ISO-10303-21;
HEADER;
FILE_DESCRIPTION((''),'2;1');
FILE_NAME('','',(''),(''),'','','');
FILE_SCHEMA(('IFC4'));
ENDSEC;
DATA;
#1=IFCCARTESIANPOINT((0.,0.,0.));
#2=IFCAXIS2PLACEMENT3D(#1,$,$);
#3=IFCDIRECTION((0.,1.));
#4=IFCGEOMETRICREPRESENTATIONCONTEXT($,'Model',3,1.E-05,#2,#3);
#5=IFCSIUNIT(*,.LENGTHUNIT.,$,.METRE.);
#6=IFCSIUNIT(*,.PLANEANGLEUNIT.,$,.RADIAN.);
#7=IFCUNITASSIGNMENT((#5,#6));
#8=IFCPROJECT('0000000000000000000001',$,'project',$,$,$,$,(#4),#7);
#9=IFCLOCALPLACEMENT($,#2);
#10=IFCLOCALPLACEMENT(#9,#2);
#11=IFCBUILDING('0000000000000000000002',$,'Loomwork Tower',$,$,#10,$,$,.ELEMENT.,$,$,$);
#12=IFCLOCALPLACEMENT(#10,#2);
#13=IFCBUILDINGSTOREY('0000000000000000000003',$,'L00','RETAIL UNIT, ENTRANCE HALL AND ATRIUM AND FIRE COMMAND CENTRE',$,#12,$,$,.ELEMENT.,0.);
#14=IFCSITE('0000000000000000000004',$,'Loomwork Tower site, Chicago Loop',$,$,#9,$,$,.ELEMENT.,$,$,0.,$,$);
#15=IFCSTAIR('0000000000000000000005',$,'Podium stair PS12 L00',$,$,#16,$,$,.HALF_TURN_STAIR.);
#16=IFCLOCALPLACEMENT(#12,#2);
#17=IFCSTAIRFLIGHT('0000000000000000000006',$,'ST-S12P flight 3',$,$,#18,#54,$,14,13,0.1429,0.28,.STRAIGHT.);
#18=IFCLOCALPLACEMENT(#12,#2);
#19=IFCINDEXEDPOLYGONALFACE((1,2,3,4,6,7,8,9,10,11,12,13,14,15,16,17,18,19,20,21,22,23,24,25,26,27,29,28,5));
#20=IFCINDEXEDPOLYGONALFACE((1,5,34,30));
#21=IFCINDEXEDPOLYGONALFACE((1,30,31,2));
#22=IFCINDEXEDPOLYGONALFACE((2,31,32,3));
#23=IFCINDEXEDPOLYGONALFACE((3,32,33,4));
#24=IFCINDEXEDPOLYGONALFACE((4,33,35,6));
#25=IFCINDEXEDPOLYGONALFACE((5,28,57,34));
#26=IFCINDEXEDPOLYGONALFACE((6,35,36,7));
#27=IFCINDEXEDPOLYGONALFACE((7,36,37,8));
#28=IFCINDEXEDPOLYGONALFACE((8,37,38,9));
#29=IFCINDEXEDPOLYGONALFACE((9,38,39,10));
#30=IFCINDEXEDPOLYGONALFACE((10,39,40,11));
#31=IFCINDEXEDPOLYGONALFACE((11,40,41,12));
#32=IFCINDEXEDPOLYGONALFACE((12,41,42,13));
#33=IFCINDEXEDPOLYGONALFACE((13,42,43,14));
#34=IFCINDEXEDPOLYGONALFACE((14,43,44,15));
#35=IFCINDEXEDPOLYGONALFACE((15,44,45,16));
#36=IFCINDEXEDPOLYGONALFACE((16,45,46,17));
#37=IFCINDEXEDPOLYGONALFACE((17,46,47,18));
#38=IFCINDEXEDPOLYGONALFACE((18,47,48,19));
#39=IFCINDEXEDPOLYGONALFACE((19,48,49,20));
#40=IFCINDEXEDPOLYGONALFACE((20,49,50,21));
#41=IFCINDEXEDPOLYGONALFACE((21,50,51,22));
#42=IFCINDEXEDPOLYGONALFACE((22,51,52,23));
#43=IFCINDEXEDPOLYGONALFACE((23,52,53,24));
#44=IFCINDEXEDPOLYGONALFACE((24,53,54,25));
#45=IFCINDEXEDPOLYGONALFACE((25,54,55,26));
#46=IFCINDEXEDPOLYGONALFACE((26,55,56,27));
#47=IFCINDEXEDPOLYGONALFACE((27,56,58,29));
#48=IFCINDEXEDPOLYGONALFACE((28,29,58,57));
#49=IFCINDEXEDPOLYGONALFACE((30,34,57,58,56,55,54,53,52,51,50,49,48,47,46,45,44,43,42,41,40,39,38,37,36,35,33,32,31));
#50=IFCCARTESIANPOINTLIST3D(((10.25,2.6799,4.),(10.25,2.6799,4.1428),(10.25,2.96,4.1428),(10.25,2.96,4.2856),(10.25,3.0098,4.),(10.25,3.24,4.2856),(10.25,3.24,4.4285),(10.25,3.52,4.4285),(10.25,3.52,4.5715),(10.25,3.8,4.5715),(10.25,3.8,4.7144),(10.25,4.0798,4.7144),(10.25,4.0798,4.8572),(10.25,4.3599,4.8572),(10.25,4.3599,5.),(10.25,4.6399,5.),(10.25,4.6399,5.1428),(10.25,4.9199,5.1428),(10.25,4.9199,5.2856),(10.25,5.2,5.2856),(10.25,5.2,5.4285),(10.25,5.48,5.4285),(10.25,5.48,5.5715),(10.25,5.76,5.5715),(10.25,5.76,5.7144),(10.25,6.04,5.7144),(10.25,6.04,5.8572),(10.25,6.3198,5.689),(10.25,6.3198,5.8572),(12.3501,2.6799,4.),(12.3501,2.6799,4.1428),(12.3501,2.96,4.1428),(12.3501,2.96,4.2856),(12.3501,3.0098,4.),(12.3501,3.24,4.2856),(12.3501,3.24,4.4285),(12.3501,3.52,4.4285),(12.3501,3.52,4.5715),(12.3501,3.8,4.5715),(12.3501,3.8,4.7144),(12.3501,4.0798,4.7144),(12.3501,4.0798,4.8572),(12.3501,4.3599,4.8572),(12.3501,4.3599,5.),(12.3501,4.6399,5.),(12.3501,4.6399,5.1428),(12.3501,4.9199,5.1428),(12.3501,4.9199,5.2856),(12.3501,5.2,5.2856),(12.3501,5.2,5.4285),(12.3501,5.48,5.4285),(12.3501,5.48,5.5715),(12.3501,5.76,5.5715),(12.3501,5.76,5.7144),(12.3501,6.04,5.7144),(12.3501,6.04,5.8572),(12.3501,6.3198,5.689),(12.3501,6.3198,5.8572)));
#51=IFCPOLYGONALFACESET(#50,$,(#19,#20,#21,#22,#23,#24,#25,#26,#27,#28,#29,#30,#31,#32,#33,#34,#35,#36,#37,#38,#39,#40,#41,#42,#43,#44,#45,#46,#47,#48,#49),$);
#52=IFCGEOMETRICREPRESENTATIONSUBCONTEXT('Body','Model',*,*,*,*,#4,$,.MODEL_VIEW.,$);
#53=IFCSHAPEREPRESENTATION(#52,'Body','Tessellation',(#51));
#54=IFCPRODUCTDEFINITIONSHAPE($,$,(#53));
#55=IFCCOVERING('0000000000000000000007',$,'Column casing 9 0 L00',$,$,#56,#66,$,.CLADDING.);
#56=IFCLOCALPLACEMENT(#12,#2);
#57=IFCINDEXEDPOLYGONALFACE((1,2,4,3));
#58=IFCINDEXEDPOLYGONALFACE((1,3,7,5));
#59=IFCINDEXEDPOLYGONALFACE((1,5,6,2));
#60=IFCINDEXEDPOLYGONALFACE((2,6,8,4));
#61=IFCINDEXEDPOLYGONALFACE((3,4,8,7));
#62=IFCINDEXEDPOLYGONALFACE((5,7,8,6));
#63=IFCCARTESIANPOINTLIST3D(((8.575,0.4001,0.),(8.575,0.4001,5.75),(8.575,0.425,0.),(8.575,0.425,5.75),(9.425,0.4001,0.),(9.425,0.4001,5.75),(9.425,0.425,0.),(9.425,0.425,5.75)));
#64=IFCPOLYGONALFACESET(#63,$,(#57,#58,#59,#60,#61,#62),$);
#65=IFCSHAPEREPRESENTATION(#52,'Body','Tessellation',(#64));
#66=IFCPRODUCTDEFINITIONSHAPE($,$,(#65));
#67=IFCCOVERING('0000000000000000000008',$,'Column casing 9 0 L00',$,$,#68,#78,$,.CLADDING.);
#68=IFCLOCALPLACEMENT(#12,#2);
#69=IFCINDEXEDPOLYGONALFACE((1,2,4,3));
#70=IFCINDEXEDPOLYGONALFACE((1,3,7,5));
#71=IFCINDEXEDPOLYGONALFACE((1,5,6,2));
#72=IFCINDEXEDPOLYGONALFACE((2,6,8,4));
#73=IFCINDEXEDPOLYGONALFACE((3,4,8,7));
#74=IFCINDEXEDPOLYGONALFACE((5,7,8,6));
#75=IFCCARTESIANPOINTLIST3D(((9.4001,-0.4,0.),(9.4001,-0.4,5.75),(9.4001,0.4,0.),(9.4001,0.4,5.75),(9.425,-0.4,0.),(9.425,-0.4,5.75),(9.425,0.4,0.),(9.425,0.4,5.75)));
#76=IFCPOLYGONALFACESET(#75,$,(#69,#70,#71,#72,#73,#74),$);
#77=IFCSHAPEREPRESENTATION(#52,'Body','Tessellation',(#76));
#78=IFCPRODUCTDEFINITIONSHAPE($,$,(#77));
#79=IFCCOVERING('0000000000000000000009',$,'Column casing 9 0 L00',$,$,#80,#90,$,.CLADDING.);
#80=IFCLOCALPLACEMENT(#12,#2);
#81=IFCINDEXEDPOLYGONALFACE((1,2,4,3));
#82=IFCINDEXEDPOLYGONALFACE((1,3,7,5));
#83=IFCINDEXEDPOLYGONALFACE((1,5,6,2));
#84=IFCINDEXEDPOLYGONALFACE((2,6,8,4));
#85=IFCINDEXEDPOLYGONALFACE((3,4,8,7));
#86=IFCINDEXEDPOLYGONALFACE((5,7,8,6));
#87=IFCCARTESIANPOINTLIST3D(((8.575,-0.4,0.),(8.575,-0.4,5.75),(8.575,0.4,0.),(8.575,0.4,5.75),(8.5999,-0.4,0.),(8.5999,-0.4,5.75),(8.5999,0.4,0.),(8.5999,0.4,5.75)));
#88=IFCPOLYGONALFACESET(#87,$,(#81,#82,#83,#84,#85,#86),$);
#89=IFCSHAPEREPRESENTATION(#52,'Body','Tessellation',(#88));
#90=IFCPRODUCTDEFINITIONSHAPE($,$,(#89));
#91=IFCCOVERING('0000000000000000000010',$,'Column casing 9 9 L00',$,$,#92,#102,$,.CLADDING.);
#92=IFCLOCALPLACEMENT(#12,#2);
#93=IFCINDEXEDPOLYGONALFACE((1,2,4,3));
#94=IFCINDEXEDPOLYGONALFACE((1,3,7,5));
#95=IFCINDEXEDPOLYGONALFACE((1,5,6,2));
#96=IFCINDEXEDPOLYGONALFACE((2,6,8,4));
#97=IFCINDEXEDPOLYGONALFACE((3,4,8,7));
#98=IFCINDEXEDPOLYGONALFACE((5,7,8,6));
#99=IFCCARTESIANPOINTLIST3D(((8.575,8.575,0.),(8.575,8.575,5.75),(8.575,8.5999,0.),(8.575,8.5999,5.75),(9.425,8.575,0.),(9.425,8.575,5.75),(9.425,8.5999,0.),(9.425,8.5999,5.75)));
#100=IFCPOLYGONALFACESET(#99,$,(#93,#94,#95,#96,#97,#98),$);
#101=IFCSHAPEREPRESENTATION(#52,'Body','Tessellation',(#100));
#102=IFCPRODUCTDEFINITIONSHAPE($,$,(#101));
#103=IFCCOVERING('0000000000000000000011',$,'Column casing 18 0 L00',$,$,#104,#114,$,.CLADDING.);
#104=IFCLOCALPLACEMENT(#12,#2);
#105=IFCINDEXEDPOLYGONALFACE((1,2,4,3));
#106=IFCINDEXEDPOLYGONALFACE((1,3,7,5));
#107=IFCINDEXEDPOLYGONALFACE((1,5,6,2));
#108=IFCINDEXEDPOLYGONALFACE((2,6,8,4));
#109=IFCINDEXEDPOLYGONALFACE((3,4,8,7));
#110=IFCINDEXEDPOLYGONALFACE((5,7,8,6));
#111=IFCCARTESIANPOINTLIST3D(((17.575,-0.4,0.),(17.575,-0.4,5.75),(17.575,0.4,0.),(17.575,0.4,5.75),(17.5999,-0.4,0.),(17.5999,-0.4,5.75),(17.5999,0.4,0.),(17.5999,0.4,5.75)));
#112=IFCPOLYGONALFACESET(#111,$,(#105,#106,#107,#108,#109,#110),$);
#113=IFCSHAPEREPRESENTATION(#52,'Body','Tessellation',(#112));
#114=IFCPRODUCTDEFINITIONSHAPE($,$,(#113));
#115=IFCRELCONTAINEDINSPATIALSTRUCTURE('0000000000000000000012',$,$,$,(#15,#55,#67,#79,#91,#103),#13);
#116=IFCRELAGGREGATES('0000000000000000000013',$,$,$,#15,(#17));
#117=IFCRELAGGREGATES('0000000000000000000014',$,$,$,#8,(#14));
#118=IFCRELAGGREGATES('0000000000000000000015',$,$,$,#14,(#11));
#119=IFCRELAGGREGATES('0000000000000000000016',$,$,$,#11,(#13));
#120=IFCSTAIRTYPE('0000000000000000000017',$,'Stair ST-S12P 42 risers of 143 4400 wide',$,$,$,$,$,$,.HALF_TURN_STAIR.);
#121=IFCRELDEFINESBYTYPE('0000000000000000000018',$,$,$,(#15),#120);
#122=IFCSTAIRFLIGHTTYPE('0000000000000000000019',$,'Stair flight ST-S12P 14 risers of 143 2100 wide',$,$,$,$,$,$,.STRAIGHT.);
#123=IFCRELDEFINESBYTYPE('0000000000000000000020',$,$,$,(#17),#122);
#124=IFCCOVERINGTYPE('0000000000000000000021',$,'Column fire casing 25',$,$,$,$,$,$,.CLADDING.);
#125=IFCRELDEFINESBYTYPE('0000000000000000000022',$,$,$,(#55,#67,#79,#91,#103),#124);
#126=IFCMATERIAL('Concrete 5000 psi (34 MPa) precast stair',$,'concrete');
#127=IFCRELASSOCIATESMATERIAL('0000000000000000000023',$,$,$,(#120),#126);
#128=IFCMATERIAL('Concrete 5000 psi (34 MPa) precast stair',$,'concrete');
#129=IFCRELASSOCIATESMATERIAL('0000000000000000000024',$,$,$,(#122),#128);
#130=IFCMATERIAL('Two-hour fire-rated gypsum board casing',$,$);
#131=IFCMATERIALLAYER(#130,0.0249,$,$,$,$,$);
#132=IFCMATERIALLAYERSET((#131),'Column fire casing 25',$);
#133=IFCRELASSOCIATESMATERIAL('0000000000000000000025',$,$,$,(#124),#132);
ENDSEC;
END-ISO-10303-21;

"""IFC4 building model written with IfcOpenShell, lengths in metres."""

from ifc_helpers import new_model, si_unit, direction, frame, origin, origin_2d, place, context, subcontext, project, spatial, polyline, rectangle, outline, extrude, material, layer, layer_set, type_object, element, aggregate, save


model = new_model("IFC4")

# Units and contexts
model_context = context("Model", 3, precision=1e-05, world=origin(), true_north=direction((0.0, 1.0)))
body_context = subcontext(model_context, "Body", "Model", "MODEL_VIEW")
ifc_project = project(units=[si_unit("LENGTHUNIT", "METRE"), si_unit("PLANEANGLEUNIT", "RADIAN")], contexts=[model_context])

# Site, building, storey
site_placement = place(None, origin())
site = spatial("IfcSite", under=ifc_project, at=site_placement, Name="Loomwork Tower site, Chicago Loop", CompositionType="ELEMENT", RefElevation=0.0)
building_placement = place(site_placement, origin())
building = spatial("IfcBuilding", under=site, at=building_placement, Name="Loomwork Tower", CompositionType="ELEMENT")
storey_placement = place(building_placement, origin())
storey = spatial("IfcBuildingStorey", under=building, at=storey_placement, Name="L00", Description="RETAIL UNIT, ENTRANCE HALL AND ATRIUM AND FIRE COMMAND CENTRE", CompositionType="ELEMENT", Elevation=0.0)

# Stair
ifc_material_1 = material(Name="Concrete 5000 psi (34 MPa) precast stair", Category="concrete")
stair_type_1 = type_object("IfcStairType", Name="Stair ST-S12P 42 risers of 143 4400 wide", PredefinedType="HALF_TURN_STAIR", material=ifc_material_1)
stair_1_placement = place(storey_placement, origin())
stair_1 = element("IfcStair", 1, at=stair_1_placement, inside=storey, type_object=stair_type_1, Name="Podium stair PS12 L00", PredefinedType="HALF_TURN_STAIR")

# Stair flight
ifc_material_2 = material(Name="Concrete 5000 psi (34 MPa) precast stair", Category="concrete")
stair_flight_type = type_object("IfcStairFlightType", Name="Stair flight ST-S12P 14 risers of 143 2100 wide", PredefinedType="STRAIGHT", material=ifc_material_2)
stair_flight_1_placement = place(storey_placement, frame((11.3, 2.6799, 4.0), z_axis=(0.0, 0.0, 1.0), x_axis=(0.0, 1.0, 0.0)))
stair_flight_1 = element("IfcStairFlight", 2, at=stair_flight_1_placement, type_object=stair_flight_type, Name="ST-S12P flight 3", NumberOfRisers=14, NumberOfTreads=13, PredefinedType="STRAIGHT", RiserHeight=0.1429, TreadLength=0.28, context=body_context, shape_type="SweptSolid", body=[
    extrude(outline(polyline([(0.0, 0.0), (0.0, 0.1428), (0.28, 0.1428), (0.28, 0.2856), (0.5601, 0.2856), (0.5601, 0.4285), (0.8401, 0.4285), (0.8401, 0.5715), (1.1201, 0.5715), (1.1201, 0.7144), (1.3999, 0.7144), (1.3999, 0.8572), (1.6799, 0.8572), (1.6799, 1.0), (1.96, 1.0), (1.96, 1.1428), (2.24, 1.1428), (2.24, 1.2856), (2.52, 1.2856), (2.52, 1.4285), (2.8, 1.4285), (2.8, 1.5715), (3.0801, 1.5715), (3.0801, 1.7144), (3.3601, 1.7144), (3.3601, 1.8572), (3.6399, 1.8572), (3.6399, 2.0), (3.6399, 1.689), (0.3298, 0.0), (0.0, 0.0)])), frame((0.0, 1.05, 0.0), z_axis=(0.0, -1.0, 0.0), x_axis=(1.0, 0.0, 0.0)), (0.0, 0.0, 1.0), 2.1001),
])
aggregate(stair_1, [stair_flight_1])

# Coverings
ifc_material_3 = material(Name="Two-hour fire-rated gypsum board casing")
ifc_layer_1 = layer(ifc_material_3, 0.0249)
ifc_layer_set_1 = layer_set([ifc_layer_1], Name="Column fire casing 25")
covering_type = type_object("IfcCoveringType", Name="Column fire casing 25", PredefinedType="CLADDING", material=ifc_layer_set_1)
covering_1_placement = place(storey_placement, frame((9.0, 0.4126, 0.0), z_axis=(0.0, 0.0, 1.0), x_axis=(1.0, 0.0, 0.0)))
element("IfcCovering", 3, at=covering_1_placement, inside=storey, type_object=covering_type, Name="Column casing 9 0 L00", PredefinedType="CLADDING", context=body_context, shape_type="SweptSolid", body=[
    extrude(rectangle(XDim=0.8501, YDim=0.0249, at=origin_2d()), origin(), (0.0, 0.0, 1.0), 5.75),
])
for number, where, z_axis, x_axis, name in (
    (4, (9.4126, 0.0, 0.0), (0.0, 0.0, 1.0), (1.0, 0.0, 0.0), "Column casing 9 0 L00"),
    (5, (8.5874, 0.0, 0.0), (0.0, 0.0, 1.0), (1.0, 0.0, 0.0), "Column casing 9 0 L00"),
):
    element("IfcCovering", number, at=place(storey_placement, frame(where, z_axis=z_axis, x_axis=x_axis)), inside=storey, type_object=covering_type, Name=name, PredefinedType="CLADDING", context=body_context, shape_type="SweptSolid", body=[
        extrude(rectangle(XDim=0.0249, YDim=0.8, at=origin_2d()), origin(), (0.0, 0.0, 1.0), 5.75),
    ])
covering_2_placement = place(storey_placement, frame((9.0, 8.5874, 0.0), z_axis=(0.0, 0.0, 1.0), x_axis=(1.0, 0.0, 0.0)))
element("IfcCovering", 6, at=covering_2_placement, inside=storey, type_object=covering_type, Name="Column casing 9 9 L00", PredefinedType="CLADDING", context=body_context, shape_type="SweptSolid", body=[
    extrude(rectangle(XDim=0.8501, YDim=0.0249, at=origin_2d()), origin(), (0.0, 0.0, 1.0), 5.75),
])
covering_3_placement = place(storey_placement, frame((17.5874, 0.0, 0.0), z_axis=(0.0, 0.0, 1.0), x_axis=(1.0, 0.0, 0.0)))
element("IfcCovering", 7, at=covering_3_placement, inside=storey, type_object=covering_type, Name="Column casing 18 0 L00", PredefinedType="CLADDING", context=body_context, shape_type="SweptSolid", body=[
    extrude(rectangle(XDim=0.0249, YDim=0.8, at=origin_2d()), origin(), (0.0, 0.0, 1.0), 5.75),
])

save(model, "model.ifc")
